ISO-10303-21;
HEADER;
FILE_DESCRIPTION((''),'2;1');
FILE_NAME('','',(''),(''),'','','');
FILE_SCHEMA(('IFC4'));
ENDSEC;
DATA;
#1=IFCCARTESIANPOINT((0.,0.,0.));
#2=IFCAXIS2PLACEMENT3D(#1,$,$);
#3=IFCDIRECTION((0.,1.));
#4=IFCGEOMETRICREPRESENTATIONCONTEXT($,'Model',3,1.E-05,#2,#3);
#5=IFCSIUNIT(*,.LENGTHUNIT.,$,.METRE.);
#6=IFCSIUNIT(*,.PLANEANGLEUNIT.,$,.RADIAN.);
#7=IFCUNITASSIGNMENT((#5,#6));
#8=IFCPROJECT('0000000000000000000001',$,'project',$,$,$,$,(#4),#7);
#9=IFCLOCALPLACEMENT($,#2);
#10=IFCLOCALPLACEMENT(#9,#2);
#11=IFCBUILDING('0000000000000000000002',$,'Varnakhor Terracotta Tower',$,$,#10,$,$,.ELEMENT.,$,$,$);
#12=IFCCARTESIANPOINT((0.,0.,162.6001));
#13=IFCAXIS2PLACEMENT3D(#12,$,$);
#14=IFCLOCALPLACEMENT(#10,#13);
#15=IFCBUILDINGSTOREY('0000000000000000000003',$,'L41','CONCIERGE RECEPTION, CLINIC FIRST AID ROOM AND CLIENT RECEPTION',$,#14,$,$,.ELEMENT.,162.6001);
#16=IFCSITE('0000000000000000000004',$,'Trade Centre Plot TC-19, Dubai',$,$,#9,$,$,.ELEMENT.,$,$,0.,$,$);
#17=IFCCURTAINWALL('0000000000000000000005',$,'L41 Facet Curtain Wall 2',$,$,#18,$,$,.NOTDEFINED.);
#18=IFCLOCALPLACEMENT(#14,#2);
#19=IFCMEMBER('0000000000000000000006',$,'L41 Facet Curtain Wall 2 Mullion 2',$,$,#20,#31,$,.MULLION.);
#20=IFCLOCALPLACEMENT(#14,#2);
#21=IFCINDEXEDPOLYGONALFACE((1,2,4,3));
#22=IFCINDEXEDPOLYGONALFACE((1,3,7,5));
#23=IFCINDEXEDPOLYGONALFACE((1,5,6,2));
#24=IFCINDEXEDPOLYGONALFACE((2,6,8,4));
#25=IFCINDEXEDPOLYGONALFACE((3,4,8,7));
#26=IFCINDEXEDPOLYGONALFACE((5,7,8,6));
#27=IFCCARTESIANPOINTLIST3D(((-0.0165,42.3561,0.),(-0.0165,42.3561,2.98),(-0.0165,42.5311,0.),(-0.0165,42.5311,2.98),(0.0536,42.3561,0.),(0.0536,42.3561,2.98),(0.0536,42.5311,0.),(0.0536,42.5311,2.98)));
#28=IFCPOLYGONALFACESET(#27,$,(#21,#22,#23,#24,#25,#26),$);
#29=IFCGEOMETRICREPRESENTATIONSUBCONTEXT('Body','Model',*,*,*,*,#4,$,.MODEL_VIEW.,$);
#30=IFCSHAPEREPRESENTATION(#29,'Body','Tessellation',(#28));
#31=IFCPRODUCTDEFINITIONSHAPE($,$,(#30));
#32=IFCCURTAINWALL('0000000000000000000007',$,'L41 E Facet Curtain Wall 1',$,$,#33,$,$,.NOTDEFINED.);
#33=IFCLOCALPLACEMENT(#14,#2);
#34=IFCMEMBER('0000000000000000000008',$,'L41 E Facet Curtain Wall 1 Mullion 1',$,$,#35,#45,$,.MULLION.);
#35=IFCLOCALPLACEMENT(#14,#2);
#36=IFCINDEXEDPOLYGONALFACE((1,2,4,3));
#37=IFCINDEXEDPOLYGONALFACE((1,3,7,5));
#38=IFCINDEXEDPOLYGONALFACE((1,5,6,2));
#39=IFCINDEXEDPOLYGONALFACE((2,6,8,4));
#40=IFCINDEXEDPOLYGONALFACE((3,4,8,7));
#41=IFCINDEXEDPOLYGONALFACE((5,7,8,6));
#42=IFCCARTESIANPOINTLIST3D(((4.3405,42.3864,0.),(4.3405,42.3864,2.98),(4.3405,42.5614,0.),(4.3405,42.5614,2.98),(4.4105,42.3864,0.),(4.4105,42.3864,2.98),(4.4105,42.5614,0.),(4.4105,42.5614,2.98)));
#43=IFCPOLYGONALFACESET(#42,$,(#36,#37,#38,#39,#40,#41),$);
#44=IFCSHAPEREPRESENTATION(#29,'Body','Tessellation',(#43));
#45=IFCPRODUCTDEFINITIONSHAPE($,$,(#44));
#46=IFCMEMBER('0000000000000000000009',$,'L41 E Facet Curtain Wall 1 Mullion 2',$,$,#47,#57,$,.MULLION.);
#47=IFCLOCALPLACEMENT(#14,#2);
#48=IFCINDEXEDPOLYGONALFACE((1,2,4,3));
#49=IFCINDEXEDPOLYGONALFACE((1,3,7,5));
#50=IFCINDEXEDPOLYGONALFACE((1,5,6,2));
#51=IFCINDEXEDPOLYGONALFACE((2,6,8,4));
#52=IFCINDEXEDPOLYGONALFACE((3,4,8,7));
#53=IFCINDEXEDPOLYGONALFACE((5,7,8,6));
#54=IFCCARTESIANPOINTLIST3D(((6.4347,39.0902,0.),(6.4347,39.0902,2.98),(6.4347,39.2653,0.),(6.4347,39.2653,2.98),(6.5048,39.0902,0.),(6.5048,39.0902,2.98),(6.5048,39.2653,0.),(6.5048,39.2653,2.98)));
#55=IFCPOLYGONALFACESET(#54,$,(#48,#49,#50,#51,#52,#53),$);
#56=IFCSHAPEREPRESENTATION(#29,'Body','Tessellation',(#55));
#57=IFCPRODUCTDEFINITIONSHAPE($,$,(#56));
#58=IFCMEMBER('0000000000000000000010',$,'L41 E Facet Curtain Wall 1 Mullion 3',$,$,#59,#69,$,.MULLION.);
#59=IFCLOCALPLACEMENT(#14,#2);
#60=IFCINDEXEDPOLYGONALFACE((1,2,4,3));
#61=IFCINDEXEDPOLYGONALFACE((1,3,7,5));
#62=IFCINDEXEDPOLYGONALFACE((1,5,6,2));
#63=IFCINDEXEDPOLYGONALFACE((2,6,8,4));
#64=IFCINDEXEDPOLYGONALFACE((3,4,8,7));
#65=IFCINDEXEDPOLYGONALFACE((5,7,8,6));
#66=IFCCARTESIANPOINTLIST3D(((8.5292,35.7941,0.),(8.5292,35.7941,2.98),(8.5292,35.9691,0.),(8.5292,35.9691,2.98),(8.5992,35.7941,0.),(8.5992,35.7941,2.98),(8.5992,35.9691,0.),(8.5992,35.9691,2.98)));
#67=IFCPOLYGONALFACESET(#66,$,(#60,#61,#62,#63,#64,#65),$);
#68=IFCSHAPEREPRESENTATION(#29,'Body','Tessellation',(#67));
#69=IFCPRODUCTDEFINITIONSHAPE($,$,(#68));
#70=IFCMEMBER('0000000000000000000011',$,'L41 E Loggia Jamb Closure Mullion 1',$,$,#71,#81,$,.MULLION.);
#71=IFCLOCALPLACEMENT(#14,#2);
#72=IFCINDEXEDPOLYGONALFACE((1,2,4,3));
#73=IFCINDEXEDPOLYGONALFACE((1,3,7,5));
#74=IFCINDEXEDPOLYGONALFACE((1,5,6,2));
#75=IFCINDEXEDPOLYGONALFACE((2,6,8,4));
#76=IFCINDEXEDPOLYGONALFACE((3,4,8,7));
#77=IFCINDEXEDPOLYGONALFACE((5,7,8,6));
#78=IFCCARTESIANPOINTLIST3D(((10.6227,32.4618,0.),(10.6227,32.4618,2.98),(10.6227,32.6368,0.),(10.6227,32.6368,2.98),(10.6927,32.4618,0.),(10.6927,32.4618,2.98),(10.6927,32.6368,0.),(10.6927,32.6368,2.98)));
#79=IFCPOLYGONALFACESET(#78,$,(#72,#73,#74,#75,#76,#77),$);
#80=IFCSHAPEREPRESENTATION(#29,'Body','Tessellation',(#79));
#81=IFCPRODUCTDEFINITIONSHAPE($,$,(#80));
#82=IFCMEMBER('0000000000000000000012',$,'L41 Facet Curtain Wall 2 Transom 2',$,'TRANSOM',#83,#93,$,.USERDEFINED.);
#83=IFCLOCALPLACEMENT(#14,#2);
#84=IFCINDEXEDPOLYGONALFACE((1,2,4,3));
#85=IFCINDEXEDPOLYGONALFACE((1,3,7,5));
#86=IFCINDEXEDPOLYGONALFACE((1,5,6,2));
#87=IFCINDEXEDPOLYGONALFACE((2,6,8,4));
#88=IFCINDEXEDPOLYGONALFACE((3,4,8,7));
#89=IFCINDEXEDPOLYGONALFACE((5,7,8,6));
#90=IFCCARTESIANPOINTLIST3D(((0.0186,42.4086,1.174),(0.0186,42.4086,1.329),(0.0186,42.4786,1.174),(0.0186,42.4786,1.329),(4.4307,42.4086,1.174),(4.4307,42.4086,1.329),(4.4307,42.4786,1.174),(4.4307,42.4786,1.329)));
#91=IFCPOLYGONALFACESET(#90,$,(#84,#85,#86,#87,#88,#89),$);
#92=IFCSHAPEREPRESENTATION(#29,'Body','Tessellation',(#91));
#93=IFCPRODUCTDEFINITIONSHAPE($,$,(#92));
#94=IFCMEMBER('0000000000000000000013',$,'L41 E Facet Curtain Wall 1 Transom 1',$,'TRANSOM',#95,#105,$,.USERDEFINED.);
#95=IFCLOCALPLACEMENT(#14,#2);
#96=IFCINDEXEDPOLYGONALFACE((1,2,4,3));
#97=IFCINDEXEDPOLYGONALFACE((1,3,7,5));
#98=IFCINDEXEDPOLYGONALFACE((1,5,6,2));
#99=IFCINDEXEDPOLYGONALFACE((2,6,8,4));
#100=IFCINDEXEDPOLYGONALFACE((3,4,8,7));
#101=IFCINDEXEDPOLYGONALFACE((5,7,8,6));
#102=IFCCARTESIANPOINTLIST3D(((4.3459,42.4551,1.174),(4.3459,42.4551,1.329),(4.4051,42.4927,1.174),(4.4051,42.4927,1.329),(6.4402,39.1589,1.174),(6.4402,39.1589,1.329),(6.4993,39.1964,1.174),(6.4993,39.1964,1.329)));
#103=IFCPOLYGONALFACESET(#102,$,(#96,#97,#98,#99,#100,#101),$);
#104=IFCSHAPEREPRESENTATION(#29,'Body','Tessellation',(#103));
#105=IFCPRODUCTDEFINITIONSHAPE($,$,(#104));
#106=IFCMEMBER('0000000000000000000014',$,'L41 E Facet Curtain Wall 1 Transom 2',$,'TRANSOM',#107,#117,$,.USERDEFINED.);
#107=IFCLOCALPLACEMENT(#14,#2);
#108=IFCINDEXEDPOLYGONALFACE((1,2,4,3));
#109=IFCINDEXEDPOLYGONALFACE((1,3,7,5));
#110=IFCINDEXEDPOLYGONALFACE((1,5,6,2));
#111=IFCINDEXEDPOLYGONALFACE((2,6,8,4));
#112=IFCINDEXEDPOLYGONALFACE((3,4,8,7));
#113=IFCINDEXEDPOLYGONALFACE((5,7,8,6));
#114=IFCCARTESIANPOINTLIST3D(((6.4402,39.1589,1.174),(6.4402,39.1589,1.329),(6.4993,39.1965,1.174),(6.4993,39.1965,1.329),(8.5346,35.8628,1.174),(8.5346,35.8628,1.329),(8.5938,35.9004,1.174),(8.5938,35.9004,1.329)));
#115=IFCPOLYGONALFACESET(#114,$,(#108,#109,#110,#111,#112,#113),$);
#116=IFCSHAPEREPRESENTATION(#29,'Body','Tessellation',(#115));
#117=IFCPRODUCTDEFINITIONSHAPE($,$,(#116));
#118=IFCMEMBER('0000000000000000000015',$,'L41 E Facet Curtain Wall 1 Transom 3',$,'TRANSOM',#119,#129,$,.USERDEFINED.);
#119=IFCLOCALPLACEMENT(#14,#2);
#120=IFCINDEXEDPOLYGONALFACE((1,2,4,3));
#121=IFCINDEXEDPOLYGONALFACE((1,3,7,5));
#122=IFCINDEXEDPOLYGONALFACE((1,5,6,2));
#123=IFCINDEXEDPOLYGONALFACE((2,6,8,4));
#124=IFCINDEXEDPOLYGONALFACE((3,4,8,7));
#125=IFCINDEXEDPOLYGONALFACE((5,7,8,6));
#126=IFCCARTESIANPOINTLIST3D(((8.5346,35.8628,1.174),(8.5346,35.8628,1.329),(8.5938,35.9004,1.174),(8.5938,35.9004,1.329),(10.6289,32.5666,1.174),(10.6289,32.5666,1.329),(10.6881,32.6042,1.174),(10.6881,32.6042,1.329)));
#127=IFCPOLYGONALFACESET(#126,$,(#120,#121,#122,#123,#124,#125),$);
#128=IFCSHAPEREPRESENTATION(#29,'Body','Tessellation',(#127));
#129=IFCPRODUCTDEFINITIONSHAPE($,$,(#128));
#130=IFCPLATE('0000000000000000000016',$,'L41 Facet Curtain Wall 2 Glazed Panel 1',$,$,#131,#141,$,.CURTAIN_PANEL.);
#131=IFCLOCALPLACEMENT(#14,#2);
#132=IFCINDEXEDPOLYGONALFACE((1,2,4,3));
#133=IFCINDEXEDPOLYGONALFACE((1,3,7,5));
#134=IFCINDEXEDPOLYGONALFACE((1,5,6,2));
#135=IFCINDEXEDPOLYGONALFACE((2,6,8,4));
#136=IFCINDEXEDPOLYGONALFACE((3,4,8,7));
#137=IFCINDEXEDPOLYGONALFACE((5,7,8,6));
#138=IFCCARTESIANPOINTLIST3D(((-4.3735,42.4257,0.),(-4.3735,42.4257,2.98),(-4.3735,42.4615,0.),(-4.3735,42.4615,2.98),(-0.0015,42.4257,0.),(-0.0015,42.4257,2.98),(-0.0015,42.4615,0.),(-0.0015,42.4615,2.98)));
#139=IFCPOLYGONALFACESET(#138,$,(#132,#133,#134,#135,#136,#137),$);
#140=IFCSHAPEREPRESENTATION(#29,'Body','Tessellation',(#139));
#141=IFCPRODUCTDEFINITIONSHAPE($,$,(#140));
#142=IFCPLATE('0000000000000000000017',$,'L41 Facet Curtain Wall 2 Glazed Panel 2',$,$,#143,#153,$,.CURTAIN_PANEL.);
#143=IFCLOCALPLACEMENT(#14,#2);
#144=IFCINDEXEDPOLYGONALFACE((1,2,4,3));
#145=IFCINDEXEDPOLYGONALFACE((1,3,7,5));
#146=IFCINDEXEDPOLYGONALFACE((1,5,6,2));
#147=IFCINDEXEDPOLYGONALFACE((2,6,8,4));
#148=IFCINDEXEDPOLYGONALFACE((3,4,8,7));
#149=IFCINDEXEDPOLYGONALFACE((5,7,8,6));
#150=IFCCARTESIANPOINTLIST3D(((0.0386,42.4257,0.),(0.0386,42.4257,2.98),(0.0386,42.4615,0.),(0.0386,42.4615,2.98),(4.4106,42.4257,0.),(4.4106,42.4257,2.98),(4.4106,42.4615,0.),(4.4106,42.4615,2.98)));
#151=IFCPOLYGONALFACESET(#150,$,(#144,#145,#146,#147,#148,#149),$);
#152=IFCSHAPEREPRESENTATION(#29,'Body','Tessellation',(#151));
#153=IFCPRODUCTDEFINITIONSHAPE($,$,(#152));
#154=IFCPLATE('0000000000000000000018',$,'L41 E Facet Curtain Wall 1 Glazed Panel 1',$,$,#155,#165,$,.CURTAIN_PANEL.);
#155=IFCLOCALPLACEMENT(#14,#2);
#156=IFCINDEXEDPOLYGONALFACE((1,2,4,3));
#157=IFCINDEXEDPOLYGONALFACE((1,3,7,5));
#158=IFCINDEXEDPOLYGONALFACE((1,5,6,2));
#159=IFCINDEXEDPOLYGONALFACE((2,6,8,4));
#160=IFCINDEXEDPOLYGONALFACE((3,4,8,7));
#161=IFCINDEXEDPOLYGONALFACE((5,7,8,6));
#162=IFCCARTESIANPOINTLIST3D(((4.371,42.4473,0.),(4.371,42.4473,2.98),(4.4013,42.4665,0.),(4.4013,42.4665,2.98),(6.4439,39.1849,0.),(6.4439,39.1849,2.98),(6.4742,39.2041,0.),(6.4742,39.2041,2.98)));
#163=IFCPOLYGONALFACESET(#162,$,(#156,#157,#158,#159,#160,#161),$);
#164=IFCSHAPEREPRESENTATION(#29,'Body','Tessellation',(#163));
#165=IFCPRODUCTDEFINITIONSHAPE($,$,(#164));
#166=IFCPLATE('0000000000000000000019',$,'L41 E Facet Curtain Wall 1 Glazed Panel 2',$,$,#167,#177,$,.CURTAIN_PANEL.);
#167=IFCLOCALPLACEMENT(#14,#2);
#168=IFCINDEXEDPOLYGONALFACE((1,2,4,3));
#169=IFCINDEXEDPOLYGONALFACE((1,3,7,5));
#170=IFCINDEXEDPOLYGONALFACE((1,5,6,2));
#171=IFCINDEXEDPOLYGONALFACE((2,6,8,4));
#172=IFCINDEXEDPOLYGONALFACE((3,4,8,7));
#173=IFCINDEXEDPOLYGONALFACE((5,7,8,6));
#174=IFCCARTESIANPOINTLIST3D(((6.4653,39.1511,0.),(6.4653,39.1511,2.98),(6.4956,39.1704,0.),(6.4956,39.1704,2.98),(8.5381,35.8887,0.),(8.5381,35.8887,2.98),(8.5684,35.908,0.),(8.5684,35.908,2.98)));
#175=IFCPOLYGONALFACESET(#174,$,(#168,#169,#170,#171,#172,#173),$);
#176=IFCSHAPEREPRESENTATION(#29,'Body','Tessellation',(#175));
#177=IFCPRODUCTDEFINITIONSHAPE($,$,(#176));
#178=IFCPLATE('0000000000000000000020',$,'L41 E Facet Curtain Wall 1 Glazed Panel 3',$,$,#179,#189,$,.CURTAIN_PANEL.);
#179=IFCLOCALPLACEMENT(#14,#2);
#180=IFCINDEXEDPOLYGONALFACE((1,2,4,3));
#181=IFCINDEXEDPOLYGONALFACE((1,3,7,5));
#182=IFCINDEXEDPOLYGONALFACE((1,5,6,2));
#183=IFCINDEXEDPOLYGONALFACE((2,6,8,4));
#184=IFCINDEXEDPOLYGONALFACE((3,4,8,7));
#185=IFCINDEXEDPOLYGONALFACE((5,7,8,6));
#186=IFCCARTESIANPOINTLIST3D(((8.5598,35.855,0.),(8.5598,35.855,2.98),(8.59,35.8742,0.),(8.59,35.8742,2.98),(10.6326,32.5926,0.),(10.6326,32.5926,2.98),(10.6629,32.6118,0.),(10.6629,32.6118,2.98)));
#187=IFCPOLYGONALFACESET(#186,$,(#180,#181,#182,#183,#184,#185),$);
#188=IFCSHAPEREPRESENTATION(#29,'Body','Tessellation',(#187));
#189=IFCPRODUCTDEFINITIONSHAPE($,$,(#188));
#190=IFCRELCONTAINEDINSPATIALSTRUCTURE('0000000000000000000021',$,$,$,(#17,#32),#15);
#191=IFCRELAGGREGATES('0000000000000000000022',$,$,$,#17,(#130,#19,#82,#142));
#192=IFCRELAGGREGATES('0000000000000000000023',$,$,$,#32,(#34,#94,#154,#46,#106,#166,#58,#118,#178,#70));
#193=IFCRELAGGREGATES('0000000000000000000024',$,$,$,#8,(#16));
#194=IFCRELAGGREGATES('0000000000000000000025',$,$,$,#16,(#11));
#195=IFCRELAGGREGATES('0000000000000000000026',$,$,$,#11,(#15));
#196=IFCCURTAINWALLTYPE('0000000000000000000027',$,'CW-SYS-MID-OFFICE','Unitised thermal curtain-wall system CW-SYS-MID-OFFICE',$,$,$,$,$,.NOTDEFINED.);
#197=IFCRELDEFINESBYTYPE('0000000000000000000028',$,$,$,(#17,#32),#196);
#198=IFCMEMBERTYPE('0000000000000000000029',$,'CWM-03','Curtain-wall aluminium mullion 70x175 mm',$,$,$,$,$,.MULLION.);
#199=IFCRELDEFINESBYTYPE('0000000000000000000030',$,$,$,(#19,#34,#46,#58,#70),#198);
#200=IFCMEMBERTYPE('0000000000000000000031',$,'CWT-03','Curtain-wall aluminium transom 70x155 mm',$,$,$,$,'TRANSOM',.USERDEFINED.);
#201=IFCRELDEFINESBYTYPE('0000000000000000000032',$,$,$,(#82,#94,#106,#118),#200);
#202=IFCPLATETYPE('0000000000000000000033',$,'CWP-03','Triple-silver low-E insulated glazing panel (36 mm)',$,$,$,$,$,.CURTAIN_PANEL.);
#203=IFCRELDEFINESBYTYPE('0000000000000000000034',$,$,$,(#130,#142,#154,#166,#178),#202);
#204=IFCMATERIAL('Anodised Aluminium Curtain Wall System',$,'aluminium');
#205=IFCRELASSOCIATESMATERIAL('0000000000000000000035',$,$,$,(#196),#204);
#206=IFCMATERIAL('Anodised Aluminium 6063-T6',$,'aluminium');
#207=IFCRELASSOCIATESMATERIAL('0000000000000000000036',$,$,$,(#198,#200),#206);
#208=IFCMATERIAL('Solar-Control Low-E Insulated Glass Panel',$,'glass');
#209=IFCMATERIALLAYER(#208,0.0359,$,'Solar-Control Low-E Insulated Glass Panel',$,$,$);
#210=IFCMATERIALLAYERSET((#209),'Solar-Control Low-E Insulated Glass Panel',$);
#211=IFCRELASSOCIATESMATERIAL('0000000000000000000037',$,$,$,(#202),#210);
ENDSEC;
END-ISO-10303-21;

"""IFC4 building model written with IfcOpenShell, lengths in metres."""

from ifc_helpers import new_model, si_unit, direction, frame, origin, origin_2d, place, context, subcontext, project, spatial, rectangle, extrude, source, transform, mapped, material, layer, layer_set, material_profile, profile_set, type_object, element, aggregate, save


model = new_model("IFC4")

# Units and contexts
model_context = context("Model", 3, precision=1e-05, world=origin(), true_north=direction((0.0, 1.0)))
body_context = subcontext(model_context, "Body", "Model", "MODEL_VIEW")
ifc_project = project(units=[si_unit("LENGTHUNIT", "METRE"), si_unit("PLANEANGLEUNIT", "RADIAN")], contexts=[model_context])

# Site, building, storey
site_placement = place(None, origin())
site = spatial("IfcSite", under=ifc_project, at=site_placement, Name="Trade Centre Plot TC-19, Dubai", CompositionType="ELEMENT", RefElevation=0.0)
building_placement = place(site_placement, origin())
building = spatial("IfcBuilding", under=site, at=building_placement, Name="Varnakhor Terracotta Tower", CompositionType="ELEMENT")
storey_placement = place(building_placement, frame((0.0, 0.0, 162.6001)))
storey = spatial("IfcBuildingStorey", under=building, at=storey_placement, Name="L41", Description="CONCIERGE RECEPTION, CLINIC FIRST AID ROOM AND CLIENT RECEPTION", CompositionType="ELEMENT", Elevation=162.6001)

# Curtain wall, member
ifc_material_1 = material(Name="Anodised Aluminium Curtain Wall System", Category="aluminium")
curtain_wall_type = type_object("IfcCurtainWallType", Name="CW-SYS-MID-OFFICE", Description="Unitised thermal curtain-wall system CW-SYS-MID-OFFICE", PredefinedType="NOTDEFINED", material=ifc_material_1)
curtain_wall_1_placement = place(storey_placement, origin())
curtain_wall_1 = element("IfcCurtainWall", 1, at=curtain_wall_1_placement, inside=storey, type_object=curtain_wall_type, Name="L41 Facet Curtain Wall 2", PredefinedType="NOTDEFINED")
ifc_material_2 = material(Name="Anodised Aluminium 6063-T6", Category="aluminium")
ifc_material_profile_1 = material_profile(ifc_material_2, rectangle(XDim=0.0701, YDim=0.175, at=origin_2d()), Name="ALU MULLION 70x175")
ifc_profile_set_1 = profile_set([ifc_material_profile_1], Name="Anodised Aluminium 6063-T6")
member_type_1 = type_object("IfcMemberType", Name="CWM-03", Description="Curtain-wall aluminium mullion 70x175 mm", PredefinedType="MULLION", material=ifc_profile_set_1)
shared_shape_1 = source(origin(), body_context, "Body", "SweptSolid", [
    extrude(rectangle(XDim=0.0701, YDim=0.175, at=origin_2d()), origin(), (0.0, 0.0, 1.0), 2.98),
])
member_1_placement = place(storey_placement, frame((0.0186, 42.4436, 0.0), z_axis=(0.0, 0.0, 1.0), x_axis=(1.0, 0.0, 0.0)))
member_1 = element("IfcMember", 2, at=member_1_placement, type_object=member_type_1, Name="L41 Facet Curtain Wall 2 Mullion 2", PredefinedType="MULLION", context=body_context, shape_type="MappedRepresentation", body=[
    mapped(shared_shape_1, transform((0.0, 0.0, 0.0), scale=1.0)),
])

# Curtain wall, members
curtain_wall_2_placement = place(storey_placement, origin())
curtain_wall_2 = element("IfcCurtainWall", 3, at=curtain_wall_2_placement, inside=storey, type_object=curtain_wall_type, Name="L41 E Facet Curtain Wall 1", PredefinedType="NOTDEFINED")
member_2_placement = place(storey_placement, frame((4.3755, 42.4739, 0.0), z_axis=(0.0, 0.0, 1.0), x_axis=(1.0, 0.0, 0.0)))
member_2 = element("IfcMember", 4, at=member_2_placement, type_object=member_type_1, Name="L41 E Facet Curtain Wall 1 Mullion 1", PredefinedType="MULLION", context=body_context, shape_type="MappedRepresentation", body=[
    mapped(shared_shape_1, transform((0.0, 0.0, 0.0), scale=1.0)),
])
member_3_placement = place(storey_placement, frame((6.4697, 39.1777, 0.0), z_axis=(0.0, 0.0, 1.0), x_axis=(1.0, 0.0, 0.0)))
member_3 = element("IfcMember", 5, at=member_3_placement, type_object=member_type_1, Name="L41 E Facet Curtain Wall 1 Mullion 2", PredefinedType="MULLION", context=body_context, shape_type="MappedRepresentation", body=[
    mapped(shared_shape_1, transform((0.0, 0.0, 0.0), scale=1.0)),
])
member_4_placement = place(storey_placement, frame((8.5642, 35.8816, 0.0), z_axis=(0.0, 0.0, 1.0), x_axis=(1.0, 0.0, 0.0)))
member_4 = element("IfcMember", 6, at=member_4_placement, type_object=member_type_1, Name="L41 E Facet Curtain Wall 1 Mullion 3", PredefinedType="MULLION", context=body_context, shape_type="MappedRepresentation", body=[
    mapped(shared_shape_1, transform((0.0, 0.0, 0.0), scale=1.0)),
])
member_5_placement = place(storey_placement, frame((10.6577, 32.5493, 0.0), z_axis=(0.0, 0.0, 1.0), x_axis=(1.0, 0.0, 0.0)))
member_5 = element("IfcMember", 7, at=member_5_placement, type_object=member_type_1, Name="L41 E Loggia Jamb Closure Mullion 1", PredefinedType="MULLION", context=body_context, shape_type="MappedRepresentation", body=[
    mapped(shared_shape_1, transform((0.0, 0.0, 0.0), scale=1.0)),
])

# Members
ifc_material_profile_2 = material_profile(ifc_material_2, rectangle(XDim=0.0701, YDim=0.155, at=origin_2d()), Name="ALU TRANSOM 70x155")
ifc_profile_set_2 = profile_set([ifc_material_profile_2], Name="Anodised Aluminium 6063-T6")
member_type_2 = type_object("IfcMemberType", Name="CWT-03", Description="Curtain-wall aluminium transom 70x155 mm", ElementType="TRANSOM", PredefinedType="USERDEFINED", material=ifc_profile_set_2)
shared_shape_2 = source(origin(), body_context, "Body", "SweptSolid", [
    extrude(rectangle(XDim=0.0701, YDim=0.155, at=origin_2d()), origin(), (0.0, 0.0, 1.0), 4.4121),
])
member_6_placement = place(storey_placement, frame((0.0186, 42.4436, 1.2515), z_axis=(1.0, 0.0, 0.0), x_axis=(0.0, 1.0, 0.0)))
member_6 = element("IfcMember", 8, at=member_6_placement, type_object=member_type_2, Name="L41 Facet Curtain Wall 2 Transom 2", ObjectType="TRANSOM", PredefinedType="USERDEFINED", context=body_context, shape_type="MappedRepresentation", body=[
    mapped(shared_shape_2, transform((0.0, 0.0, 0.0), scale=1.0)),
])
shared_shape_3 = source(origin(), body_context, "Body", "SweptSolid", [
    extrude(rectangle(XDim=0.0701, YDim=0.155, at=origin_2d()), origin(), (0.0, 0.0, 1.0), 3.9053),
])
member_7_placement = place(storey_placement, frame((4.3755, 42.4739, 1.2515), z_axis=(0.536273, -0.844045, 0.0), x_axis=(0.844045, 0.536273, 0.0)))
member_7 = element("IfcMember", 9, at=member_7_placement, type_object=member_type_2, Name="L41 E Facet Curtain Wall 1 Transom 1", ObjectType="TRANSOM", PredefinedType="USERDEFINED", context=body_context, shape_type="MappedRepresentation", body=[
    mapped(shared_shape_3, transform((0.0, 0.0, 0.0), scale=1.0)),
])
member_8_placement = place(storey_placement, frame((6.4697, 39.1777, 1.2515), z_axis=(0.536317, -0.844017, 0.0), x_axis=(0.844017, 0.536317, 0.0)))
member_8 = element("IfcMember", 10, at=member_8_placement, type_object=member_type_2, Name="L41 E Facet Curtain Wall 1 Transom 2", ObjectType="TRANSOM", PredefinedType="USERDEFINED", context=body_context, shape_type="MappedRepresentation", body=[
    mapped(shared_shape_3, transform((0.0, 0.0, 0.0), scale=1.0)),
])
member_9_placement = place(storey_placement, frame((8.5642, 35.8816, 1.2515), z_axis=(0.536273, -0.844045, 0.0), x_axis=(0.844045, 0.536273, 0.0)))
member_9 = element("IfcMember", 11, at=member_9_placement, type_object=member_type_2, Name="L41 E Facet Curtain Wall 1 Transom 3", ObjectType="TRANSOM", PredefinedType="USERDEFINED", context=body_context, shape_type="MappedRepresentation", body=[
    mapped(shared_shape_3, transform((0.0, 0.0, 0.0), scale=1.0)),
])

# Plates
ifc_material_3 = material(Name="Solar-Control Low-E Insulated Glass Panel", Category="glass")
ifc_layer_1 = layer(ifc_material_3, 0.0359, Name="Solar-Control Low-E Insulated Glass Panel")
ifc_layer_set_1 = layer_set([ifc_layer_1], Name="Solar-Control Low-E Insulated Glass Panel")
plate_type = type_object("IfcPlateType", Name="CWP-03", Description="Triple-silver low-E insulated glazing panel (36 mm)", PredefinedType="CURTAIN_PANEL", material=ifc_layer_set_1)
shared_shape_4 = source(origin(), body_context, "Body", "SweptSolid", [
    extrude(rectangle(XDim=4.3721, YDim=0.0359, at=origin_2d()), origin(), (0.0, 0.0, 1.0), 2.98),
])
plate_1_placement = place(storey_placement, frame((-2.1875, 42.4436, 0.0), z_axis=(0.0, 0.0, 1.0), x_axis=(1.0, 0.0, 0.0)))
plate_1 = element("IfcPlate", 12, at=plate_1_placement, type_object=plate_type, Name="L41 Facet Curtain Wall 2 Glazed Panel 1", PredefinedType="CURTAIN_PANEL", context=body_context, shape_type="MappedRepresentation", body=[
    mapped(shared_shape_4, transform((0.0, 0.0, 0.0), scale=1.0)),
])
plate_2_placement = place(storey_placement, frame((2.2246, 42.4436, 0.0), z_axis=(0.0, 0.0, 1.0), x_axis=(1.0, 0.0, 0.0)))
plate_2 = element("IfcPlate", 13, at=plate_2_placement, type_object=plate_type, Name="L41 Facet Curtain Wall 2 Glazed Panel 2", PredefinedType="CURTAIN_PANEL", context=body_context, shape_type="MappedRepresentation", body=[
    mapped(shared_shape_4, transform((0.0, 0.0, 0.0), scale=1.0)),
])
aggregate(curtain_wall_1, [plate_1, member_1, member_6, plate_2])
shared_shape_5 = source(origin(), body_context, "Body", "SweptSolid", [
    extrude(rectangle(XDim=3.8652, YDim=0.0359, at=origin_2d()), origin(), (0.0, 0.0, 1.0), 2.98),
])
plate_3_placement = place(storey_placement, frame((5.4226, 40.8257, 0.0), z_axis=(0.0, 0.0, 1.0), x_axis=(0.536284, -0.844038, 0.0)))
plate_3 = element("IfcPlate", 14, at=plate_3_placement, type_object=plate_type, Name="L41 E Facet Curtain Wall 1 Glazed Panel 1", PredefinedType="CURTAIN_PANEL", context=body_context, shape_type="MappedRepresentation", body=[
    mapped(shared_shape_5, transform((0.0, 0.0, 0.0), scale=1.0)),
])
plate_4_placement = place(storey_placement, frame((7.5168, 37.5295, 0.0), z_axis=(0.0, 0.0, 1.0), x_axis=(0.536284, -0.844038, 0.0)))
plate_4 = element("IfcPlate", 15, at=plate_4_placement, type_object=plate_type, Name="L41 E Facet Curtain Wall 1 Glazed Panel 2", PredefinedType="CURTAIN_PANEL", context=body_context, shape_type="MappedRepresentation", body=[
    mapped(shared_shape_5, transform((0.0, 0.0, 0.0), scale=1.0)),
])
plate_5_placement = place(storey_placement, frame((9.6113, 34.2334, 0.0), z_axis=(0.0, 0.0, 1.0), x_axis=(0.536284, -0.844038, 0.0)))
plate_5 = element("IfcPlate", 16, at=plate_5_placement, type_object=plate_type, Name="L41 E Facet Curtain Wall 1 Glazed Panel 3", PredefinedType="CURTAIN_PANEL", context=body_context, shape_type="MappedRepresentation", body=[
    mapped(shared_shape_5, transform((0.0, 0.0, 0.0), scale=1.0)),
])
aggregate(curtain_wall_2, [member_2, member_7, plate_3, member_3, member_8, plate_4, member_4, member_9, plate_5, member_5])

save(model, "model.ifc")
